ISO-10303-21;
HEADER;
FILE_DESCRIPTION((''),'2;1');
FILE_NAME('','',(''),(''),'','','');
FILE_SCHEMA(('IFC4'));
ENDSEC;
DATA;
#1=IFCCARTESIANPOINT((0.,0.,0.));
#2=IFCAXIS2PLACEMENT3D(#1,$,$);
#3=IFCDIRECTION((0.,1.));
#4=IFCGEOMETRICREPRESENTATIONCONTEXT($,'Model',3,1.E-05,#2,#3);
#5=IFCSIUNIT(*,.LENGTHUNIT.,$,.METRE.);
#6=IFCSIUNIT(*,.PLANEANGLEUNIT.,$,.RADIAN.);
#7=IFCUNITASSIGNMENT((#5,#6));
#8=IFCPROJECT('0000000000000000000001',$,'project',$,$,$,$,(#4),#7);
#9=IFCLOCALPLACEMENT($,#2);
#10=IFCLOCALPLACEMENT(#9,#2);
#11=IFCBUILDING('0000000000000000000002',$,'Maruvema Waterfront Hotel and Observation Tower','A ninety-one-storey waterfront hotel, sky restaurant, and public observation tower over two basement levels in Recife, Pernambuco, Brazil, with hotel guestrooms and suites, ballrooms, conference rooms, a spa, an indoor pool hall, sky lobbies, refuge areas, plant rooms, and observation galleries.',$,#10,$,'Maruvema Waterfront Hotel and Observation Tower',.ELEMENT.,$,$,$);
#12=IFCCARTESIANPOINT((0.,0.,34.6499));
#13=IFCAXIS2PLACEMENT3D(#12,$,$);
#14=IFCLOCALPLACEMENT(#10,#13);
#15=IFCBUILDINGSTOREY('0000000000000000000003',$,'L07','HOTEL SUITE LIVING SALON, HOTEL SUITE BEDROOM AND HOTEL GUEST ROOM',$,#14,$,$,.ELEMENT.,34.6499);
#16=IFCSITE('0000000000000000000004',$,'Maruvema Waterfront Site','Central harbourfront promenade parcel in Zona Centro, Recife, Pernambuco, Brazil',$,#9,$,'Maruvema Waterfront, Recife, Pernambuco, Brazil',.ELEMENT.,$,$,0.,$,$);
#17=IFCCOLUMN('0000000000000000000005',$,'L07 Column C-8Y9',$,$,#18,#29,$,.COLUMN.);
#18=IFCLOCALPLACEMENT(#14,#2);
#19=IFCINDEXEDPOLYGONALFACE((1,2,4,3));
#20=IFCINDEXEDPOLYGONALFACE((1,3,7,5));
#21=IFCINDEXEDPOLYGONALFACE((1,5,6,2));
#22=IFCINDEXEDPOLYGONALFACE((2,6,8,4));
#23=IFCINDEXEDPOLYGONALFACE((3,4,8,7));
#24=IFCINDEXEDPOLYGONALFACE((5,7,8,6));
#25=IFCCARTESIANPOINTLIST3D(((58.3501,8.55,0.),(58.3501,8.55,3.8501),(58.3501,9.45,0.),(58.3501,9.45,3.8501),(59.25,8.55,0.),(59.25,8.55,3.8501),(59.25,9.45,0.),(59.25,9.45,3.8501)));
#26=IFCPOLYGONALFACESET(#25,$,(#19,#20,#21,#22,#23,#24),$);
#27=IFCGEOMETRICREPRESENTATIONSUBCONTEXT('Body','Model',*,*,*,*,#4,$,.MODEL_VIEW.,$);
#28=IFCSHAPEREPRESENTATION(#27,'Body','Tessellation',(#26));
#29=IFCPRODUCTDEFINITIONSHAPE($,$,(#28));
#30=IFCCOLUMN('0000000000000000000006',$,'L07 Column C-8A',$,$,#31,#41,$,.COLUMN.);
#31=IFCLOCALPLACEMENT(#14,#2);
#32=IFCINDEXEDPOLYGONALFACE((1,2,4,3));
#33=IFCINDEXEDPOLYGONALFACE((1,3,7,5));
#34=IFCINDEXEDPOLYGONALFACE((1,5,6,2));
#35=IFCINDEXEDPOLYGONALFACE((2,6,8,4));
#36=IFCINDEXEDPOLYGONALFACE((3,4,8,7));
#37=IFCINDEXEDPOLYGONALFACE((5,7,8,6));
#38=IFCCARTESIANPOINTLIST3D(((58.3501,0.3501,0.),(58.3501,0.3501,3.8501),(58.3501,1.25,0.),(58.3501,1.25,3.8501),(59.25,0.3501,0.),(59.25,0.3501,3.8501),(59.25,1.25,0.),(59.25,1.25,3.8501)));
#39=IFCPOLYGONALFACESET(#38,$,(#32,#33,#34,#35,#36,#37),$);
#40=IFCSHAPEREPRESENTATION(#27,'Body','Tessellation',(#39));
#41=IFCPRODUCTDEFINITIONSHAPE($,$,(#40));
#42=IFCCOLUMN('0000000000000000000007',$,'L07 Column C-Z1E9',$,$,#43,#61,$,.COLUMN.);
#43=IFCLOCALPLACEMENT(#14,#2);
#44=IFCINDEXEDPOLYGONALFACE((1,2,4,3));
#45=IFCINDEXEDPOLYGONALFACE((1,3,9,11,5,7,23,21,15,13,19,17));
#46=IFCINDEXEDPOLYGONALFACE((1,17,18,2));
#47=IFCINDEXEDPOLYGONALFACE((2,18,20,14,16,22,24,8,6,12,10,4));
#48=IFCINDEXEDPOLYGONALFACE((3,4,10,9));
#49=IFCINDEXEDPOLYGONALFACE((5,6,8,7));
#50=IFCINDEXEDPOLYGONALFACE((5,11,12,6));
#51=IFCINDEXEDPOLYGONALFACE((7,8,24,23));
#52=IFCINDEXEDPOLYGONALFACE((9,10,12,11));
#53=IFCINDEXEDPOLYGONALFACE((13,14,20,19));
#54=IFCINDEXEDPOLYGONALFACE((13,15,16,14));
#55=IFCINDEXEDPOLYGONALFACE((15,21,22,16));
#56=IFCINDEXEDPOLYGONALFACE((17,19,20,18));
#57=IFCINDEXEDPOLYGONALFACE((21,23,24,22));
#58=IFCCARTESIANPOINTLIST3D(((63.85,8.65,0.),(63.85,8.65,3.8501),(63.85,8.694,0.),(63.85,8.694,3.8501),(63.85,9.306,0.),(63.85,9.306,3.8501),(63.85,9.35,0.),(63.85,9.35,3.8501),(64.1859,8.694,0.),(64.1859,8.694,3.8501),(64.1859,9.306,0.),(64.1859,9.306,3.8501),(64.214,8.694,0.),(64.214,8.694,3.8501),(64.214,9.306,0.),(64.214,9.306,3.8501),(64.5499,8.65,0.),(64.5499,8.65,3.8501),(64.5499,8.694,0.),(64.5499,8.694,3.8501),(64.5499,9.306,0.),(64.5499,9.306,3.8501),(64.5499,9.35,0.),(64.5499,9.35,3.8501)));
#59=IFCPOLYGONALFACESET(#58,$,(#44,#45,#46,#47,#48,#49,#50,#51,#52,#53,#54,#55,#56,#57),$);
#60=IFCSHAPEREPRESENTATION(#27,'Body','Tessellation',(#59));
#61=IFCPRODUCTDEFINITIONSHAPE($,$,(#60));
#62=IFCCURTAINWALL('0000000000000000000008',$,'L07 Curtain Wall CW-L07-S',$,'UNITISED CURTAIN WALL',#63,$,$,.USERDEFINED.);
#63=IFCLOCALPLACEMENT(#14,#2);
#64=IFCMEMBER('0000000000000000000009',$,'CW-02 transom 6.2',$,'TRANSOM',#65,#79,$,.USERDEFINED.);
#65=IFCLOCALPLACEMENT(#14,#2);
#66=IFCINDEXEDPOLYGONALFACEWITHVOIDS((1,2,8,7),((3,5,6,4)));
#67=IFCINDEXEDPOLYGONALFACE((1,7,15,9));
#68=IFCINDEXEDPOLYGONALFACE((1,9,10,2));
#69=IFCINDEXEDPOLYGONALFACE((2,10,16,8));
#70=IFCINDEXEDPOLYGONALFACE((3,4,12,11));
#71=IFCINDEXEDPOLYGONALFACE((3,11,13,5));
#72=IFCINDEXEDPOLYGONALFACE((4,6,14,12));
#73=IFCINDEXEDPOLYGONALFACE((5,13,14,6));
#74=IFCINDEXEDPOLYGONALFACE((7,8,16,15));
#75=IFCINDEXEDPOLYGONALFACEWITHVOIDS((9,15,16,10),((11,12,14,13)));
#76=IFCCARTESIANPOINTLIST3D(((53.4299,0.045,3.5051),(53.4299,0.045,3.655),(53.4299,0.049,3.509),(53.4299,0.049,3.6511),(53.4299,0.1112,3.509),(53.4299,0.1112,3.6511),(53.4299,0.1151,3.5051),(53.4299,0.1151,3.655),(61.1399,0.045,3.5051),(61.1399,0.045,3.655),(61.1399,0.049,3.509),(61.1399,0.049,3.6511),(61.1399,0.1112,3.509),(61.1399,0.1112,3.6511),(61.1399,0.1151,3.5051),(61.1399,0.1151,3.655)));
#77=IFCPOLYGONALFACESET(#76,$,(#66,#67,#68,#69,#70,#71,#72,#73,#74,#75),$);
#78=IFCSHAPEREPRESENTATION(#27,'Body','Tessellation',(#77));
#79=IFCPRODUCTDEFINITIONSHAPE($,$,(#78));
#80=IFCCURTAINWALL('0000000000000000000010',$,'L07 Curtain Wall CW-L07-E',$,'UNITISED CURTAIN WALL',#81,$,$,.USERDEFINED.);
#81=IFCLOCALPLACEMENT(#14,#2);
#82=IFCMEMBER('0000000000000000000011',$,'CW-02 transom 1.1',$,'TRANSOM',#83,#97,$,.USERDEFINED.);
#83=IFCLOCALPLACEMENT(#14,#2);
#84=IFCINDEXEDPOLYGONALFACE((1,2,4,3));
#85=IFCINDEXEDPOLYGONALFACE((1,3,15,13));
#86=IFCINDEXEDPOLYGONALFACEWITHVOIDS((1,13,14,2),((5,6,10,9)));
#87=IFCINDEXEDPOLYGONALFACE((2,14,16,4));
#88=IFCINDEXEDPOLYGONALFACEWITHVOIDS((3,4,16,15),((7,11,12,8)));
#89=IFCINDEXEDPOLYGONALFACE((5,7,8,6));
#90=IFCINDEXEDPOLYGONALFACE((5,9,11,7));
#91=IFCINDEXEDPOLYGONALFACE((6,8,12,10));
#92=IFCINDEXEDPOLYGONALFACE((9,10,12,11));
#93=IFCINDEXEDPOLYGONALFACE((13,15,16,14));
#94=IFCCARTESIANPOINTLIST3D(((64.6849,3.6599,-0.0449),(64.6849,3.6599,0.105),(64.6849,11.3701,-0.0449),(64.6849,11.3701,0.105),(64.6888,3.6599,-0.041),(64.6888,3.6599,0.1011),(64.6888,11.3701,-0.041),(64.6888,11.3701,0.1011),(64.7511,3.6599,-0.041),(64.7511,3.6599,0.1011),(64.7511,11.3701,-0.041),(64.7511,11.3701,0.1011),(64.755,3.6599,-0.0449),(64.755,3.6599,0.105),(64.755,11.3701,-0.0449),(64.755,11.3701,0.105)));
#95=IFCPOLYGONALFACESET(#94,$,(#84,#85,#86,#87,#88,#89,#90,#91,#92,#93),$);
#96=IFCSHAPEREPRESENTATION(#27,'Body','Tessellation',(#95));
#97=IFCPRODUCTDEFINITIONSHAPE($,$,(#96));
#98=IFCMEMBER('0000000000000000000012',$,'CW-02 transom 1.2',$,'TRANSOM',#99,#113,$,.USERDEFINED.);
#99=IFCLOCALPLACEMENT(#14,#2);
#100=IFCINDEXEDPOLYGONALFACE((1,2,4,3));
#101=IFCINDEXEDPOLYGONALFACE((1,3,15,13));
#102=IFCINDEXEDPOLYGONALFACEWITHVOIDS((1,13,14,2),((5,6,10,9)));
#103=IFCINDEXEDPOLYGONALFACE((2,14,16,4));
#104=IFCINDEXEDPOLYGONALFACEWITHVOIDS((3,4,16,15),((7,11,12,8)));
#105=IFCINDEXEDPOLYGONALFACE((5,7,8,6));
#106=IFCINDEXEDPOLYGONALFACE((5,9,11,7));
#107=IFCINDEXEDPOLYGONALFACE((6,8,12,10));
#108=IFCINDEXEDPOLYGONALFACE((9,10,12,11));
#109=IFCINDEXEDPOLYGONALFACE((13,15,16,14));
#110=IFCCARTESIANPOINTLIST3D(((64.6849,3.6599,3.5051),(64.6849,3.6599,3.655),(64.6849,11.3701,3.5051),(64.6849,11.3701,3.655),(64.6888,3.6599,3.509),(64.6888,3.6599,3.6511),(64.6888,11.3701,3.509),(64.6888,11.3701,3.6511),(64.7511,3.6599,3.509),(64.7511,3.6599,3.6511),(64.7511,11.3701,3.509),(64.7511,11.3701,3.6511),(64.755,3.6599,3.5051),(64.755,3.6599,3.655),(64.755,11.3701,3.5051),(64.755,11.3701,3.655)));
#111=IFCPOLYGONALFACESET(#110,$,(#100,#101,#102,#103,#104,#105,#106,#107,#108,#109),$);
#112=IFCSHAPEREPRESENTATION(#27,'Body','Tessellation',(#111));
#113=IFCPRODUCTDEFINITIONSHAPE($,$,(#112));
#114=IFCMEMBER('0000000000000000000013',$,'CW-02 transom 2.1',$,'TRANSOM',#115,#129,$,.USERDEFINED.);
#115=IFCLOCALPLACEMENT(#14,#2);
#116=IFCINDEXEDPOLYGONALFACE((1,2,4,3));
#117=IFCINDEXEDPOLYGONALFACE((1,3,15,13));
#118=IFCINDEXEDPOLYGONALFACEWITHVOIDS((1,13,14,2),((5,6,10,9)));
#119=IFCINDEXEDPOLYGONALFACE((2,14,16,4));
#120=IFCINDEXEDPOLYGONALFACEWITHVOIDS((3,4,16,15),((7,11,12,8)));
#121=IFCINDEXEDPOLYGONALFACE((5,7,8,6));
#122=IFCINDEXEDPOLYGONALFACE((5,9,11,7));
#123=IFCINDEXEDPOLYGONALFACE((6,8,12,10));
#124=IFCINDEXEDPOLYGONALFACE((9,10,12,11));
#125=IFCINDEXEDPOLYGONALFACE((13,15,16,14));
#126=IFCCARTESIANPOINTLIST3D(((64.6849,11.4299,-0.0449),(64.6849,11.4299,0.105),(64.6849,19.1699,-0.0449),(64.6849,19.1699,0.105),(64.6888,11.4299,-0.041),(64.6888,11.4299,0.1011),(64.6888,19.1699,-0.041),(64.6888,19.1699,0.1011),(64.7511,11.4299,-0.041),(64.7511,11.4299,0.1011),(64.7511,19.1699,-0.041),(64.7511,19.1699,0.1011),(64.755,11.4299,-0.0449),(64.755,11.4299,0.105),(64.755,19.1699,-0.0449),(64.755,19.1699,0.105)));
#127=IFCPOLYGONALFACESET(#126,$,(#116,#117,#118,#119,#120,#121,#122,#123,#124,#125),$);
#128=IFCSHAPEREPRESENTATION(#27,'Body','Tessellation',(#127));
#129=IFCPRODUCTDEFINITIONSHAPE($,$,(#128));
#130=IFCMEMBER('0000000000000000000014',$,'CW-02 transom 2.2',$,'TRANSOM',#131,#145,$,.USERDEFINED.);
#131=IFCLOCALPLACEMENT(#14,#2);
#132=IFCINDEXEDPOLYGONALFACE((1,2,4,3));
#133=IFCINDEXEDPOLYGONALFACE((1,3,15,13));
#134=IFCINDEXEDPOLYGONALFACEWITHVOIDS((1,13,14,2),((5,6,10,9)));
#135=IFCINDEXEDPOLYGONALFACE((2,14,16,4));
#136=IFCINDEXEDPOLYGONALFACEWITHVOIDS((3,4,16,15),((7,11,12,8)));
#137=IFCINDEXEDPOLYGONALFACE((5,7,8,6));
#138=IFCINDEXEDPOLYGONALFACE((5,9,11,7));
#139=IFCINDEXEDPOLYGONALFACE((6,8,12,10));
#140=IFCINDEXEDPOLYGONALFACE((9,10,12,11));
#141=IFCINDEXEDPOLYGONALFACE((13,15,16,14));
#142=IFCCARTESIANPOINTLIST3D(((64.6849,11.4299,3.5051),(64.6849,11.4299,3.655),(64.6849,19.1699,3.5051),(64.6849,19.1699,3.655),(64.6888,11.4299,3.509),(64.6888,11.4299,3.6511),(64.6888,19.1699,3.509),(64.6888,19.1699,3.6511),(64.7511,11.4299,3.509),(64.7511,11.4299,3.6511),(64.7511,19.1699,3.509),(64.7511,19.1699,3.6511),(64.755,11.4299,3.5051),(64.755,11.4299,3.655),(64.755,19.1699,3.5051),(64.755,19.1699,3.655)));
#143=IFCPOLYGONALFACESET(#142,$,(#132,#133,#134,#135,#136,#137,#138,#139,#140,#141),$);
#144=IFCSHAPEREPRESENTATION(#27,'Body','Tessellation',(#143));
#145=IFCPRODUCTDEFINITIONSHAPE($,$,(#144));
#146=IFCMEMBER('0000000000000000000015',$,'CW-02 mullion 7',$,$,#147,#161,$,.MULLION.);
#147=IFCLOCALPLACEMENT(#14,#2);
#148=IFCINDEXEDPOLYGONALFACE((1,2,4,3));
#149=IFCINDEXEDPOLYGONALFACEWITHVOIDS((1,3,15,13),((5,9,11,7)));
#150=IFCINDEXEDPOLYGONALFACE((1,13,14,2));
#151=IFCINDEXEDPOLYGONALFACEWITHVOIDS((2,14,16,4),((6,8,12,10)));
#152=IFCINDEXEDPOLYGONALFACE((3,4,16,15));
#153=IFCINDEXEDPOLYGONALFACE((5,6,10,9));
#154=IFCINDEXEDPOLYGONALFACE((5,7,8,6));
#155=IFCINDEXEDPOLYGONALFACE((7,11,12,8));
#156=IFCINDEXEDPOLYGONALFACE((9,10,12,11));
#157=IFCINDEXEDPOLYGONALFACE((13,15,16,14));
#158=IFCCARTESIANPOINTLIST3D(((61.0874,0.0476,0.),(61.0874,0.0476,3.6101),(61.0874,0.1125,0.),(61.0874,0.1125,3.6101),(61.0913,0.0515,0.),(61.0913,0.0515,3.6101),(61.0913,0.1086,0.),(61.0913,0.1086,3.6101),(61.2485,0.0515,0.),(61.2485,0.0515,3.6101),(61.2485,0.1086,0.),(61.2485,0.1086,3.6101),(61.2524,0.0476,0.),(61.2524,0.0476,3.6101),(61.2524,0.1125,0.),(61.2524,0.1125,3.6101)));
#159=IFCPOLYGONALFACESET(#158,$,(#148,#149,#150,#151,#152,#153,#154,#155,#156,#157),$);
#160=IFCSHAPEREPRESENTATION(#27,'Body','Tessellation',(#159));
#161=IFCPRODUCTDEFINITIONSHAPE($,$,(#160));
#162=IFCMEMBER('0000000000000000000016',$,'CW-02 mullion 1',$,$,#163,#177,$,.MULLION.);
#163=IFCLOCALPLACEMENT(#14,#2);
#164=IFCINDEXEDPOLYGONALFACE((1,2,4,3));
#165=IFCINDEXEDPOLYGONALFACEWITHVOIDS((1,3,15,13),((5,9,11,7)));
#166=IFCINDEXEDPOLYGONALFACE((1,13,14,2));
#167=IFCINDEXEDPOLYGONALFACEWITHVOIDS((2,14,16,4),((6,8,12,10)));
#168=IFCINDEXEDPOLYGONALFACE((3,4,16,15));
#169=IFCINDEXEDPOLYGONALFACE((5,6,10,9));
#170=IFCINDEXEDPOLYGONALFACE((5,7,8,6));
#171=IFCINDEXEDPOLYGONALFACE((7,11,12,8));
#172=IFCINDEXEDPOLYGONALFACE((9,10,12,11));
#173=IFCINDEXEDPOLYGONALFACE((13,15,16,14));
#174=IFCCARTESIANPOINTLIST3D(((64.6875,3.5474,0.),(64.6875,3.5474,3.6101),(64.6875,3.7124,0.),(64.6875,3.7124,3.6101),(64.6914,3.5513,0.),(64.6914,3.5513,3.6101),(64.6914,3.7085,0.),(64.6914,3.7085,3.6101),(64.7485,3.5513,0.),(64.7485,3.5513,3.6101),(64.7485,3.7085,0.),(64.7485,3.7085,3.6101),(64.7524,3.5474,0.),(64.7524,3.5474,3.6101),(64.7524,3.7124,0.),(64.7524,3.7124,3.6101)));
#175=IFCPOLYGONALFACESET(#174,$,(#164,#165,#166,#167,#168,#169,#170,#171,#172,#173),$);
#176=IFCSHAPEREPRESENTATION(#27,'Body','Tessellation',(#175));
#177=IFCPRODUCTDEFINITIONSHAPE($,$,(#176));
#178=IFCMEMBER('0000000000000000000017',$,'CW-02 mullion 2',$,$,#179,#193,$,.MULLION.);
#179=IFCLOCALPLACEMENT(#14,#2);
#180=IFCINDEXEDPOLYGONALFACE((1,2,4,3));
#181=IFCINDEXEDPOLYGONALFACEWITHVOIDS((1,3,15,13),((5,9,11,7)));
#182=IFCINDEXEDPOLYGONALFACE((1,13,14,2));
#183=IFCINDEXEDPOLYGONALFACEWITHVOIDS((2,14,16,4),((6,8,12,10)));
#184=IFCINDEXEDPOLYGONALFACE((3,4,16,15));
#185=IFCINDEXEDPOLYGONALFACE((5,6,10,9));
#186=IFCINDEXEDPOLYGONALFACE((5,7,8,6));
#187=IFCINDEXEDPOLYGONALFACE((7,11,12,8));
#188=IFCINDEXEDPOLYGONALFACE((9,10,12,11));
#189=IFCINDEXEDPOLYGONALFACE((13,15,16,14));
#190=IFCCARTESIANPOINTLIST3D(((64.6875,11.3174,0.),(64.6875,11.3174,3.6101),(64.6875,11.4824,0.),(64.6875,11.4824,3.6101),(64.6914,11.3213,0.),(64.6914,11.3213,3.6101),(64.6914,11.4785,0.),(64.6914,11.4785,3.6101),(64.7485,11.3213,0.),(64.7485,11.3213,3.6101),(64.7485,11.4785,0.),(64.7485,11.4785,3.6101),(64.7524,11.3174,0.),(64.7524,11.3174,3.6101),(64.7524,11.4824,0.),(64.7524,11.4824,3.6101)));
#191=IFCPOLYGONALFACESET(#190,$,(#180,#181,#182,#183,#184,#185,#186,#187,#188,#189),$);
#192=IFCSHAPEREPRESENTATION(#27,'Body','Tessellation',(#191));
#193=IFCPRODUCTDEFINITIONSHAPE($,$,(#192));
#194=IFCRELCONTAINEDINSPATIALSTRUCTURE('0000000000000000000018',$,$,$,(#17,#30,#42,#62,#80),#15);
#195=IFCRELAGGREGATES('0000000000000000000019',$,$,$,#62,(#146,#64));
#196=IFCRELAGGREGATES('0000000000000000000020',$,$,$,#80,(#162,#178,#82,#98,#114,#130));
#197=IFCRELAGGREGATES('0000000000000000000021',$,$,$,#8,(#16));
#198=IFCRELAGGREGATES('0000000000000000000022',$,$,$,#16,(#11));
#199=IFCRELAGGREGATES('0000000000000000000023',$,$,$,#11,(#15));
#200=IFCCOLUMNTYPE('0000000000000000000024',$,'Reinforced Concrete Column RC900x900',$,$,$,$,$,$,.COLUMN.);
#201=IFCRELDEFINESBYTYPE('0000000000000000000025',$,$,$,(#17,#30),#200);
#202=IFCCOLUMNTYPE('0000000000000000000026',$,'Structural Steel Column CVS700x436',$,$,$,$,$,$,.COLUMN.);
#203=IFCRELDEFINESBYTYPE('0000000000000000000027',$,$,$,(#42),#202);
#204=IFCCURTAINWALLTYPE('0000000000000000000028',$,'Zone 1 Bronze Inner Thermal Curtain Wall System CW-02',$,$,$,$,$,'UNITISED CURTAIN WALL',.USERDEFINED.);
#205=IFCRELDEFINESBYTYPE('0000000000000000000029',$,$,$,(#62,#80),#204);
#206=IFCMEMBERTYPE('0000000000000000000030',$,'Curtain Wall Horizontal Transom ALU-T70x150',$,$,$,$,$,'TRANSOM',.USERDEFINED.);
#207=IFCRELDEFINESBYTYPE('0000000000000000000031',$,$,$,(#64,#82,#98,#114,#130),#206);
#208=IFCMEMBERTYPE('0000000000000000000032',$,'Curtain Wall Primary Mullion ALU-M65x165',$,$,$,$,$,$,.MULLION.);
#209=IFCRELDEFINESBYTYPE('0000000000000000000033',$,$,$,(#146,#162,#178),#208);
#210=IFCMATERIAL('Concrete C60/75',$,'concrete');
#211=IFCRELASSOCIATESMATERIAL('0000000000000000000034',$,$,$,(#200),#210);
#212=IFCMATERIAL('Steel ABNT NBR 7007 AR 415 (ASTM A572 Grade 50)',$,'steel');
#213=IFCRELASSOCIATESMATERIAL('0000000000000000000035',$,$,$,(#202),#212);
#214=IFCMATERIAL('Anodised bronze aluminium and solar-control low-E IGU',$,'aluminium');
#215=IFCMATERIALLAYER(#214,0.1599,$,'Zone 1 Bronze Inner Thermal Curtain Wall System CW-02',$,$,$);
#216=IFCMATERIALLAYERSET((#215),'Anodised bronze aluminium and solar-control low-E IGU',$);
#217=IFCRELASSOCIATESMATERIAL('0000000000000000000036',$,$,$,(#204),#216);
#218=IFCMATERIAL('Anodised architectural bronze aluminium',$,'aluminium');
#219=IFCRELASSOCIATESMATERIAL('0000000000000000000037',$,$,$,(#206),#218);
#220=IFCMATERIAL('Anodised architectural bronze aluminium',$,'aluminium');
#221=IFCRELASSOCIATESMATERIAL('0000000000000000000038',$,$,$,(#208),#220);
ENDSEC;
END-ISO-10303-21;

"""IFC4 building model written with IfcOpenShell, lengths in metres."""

from ifc_helpers import new_model, si_unit, direction, frame, origin, origin_2d, place, context, subcontext, project, spatial, rectangle, hollow_rectangle, i_section, extrude, material, layer, layer_set, material_profile, profile_set, type_object, element, aggregate, save


model = new_model("IFC4")

# Units and contexts
model_context = context("Model", 3, precision=1e-05, world=origin(), true_north=direction((0.0, 1.0)))
body_context = subcontext(model_context, "Body", "Model", "MODEL_VIEW")
ifc_project = project(units=[si_unit("LENGTHUNIT", "METRE"), si_unit("PLANEANGLEUNIT", "RADIAN")], contexts=[model_context])

# Site, building, storey
site_placement = place(None, origin())
site = spatial("IfcSite", under=ifc_project, at=site_placement, Name="Maruvema Waterfront Site", Description="Central harbourfront promenade parcel in Zona Centro, Recife, Pernambuco, Brazil", LongName="Maruvema Waterfront, Recife, Pernambuco, Brazil", CompositionType="ELEMENT", RefElevation=0.0)
building_placement = place(site_placement, origin())
building = spatial("IfcBuilding", under=site, at=building_placement, Name="Maruvema Waterfront Hotel and Observation Tower", Description="A ninety-one-storey waterfront hotel, sky restaurant, and public observation tower over two basement levels in Recife, Pernambuco, Brazil, with hotel guestrooms and suites, ballrooms, conference rooms, a spa, an indoor pool hall, sky lobbies, refuge areas, plant rooms, and observation galleries.", LongName="Maruvema Waterfront Hotel and Observation Tower", CompositionType="ELEMENT")
storey_placement = place(building_placement, frame((0.0, 0.0, 34.6499)))
storey = spatial("IfcBuildingStorey", under=building, at=storey_placement, Name="L07", Description="HOTEL SUITE LIVING SALON, HOTEL SUITE BEDROOM AND HOTEL GUEST ROOM", CompositionType="ELEMENT", Elevation=34.6499)

# Columns
ifc_material_1 = material(Name="Concrete C60/75", Category="concrete")
ifc_material_profile_1 = material_profile(ifc_material_1, rectangle(XDim=0.8999, YDim=0.8999, at=origin_2d()), Name="RC900x900")
ifc_profile_set_1 = profile_set([ifc_material_profile_1], Name="Concrete C60/75")
column_type_1 = type_object("IfcColumnType", Name="Reinforced Concrete Column RC900x900", PredefinedType="COLUMN", material=ifc_profile_set_1)
for number, where, z_axis, x_axis, name in (
    (1, (58.8, 9.0, 0.0), (0.0, 0.0, 1.0), (1.0, 0.0, 0.0), "L07 Column C-8Y9"),
    (2, (58.8, 0.8, 0.0), (0.0, 0.0, 1.0), (1.0, 0.0, 0.0), "L07 Column C-8A"),
):
    element("IfcColumn", number, at=place(storey_placement, frame(where, z_axis=z_axis, x_axis=x_axis)), inside=storey, type_object=column_type_1, Name=name, PredefinedType="COLUMN", context=body_context, shape_type="SweptSolid", body=[
        extrude(rectangle(XDim=0.8999, YDim=0.8999, at=origin_2d()), origin(), (0.0, 0.0, 1.0), 3.8501),
    ])
ifc_material_2 = material(Name="Steel ABNT NBR 7007 AR 415 (ASTM A572 Grade 50)", Category="steel")
ifc_material_profile_2 = material_profile(ifc_material_2, i_section(OverallWidth=0.7, OverallDepth=0.7, WebThickness=0.0281, FlangeThickness=0.0439, at=origin_2d()), Name="CVS700x436")
ifc_profile_set_2 = profile_set([ifc_material_profile_2], Name="Steel ABNT NBR 7007 AR 415 (ASTM A572 Grade 50)")
column_type_2 = type_object("IfcColumnType", Name="Structural Steel Column CVS700x436", PredefinedType="COLUMN", material=ifc_profile_set_2)
column_placement = place(storey_placement, frame((64.2, 9.0, 0.0), z_axis=(0.0, 0.0, 1.0), x_axis=(1.0, 0.0, 0.0)))
element("IfcColumn", 3, at=column_placement, inside=storey, type_object=column_type_2, Name="L07 Column C-Z1E9", PredefinedType="COLUMN", context=body_context, shape_type="SweptSolid", body=[
    extrude(i_section(OverallWidth=0.7, OverallDepth=0.7, WebThickness=0.0281, FlangeThickness=0.0439, at=origin_2d()), origin(), (0.0, 0.0, 1.0), 3.8501),
])

# Curtain wall, member
ifc_material_3 = material(Name="Anodised bronze aluminium and solar-control low-E IGU", Category="aluminium")
ifc_layer_1 = layer(ifc_material_3, 0.1599, Name="Zone 1 Bronze Inner Thermal Curtain Wall System CW-02")
ifc_layer_set_1 = layer_set([ifc_layer_1], Name="Anodised bronze aluminium and solar-control low-E IGU")
curtain_wall_type = type_object("IfcCurtainWallType", Name="Zone 1 Bronze Inner Thermal Curtain Wall System CW-02", ElementType="UNITISED CURTAIN WALL", PredefinedType="USERDEFINED", material=ifc_layer_set_1)
curtain_wall_1_placement = place(storey_placement, origin())
curtain_wall_1 = element("IfcCurtainWall", 4, at=curtain_wall_1_placement, inside=storey, type_object=curtain_wall_type, Name="L07 Curtain Wall CW-L07-S", ObjectType="UNITISED CURTAIN WALL", PredefinedType="USERDEFINED")
ifc_material_4 = material(Name="Anodised architectural bronze aluminium", Category="aluminium")
ifc_material_profile_3 = material_profile(ifc_material_4, hollow_rectangle(XDim=0.0701, YDim=0.1499, WallThickness=0.0039, at=origin_2d()), Name="ALU-T70x150")
ifc_profile_set_3 = profile_set([ifc_material_profile_3], Name="Anodised architectural bronze aluminium")
member_type_1 = type_object("IfcMemberType", Name="Curtain Wall Horizontal Transom ALU-T70x150", ElementType="TRANSOM", PredefinedType="USERDEFINED", material=ifc_profile_set_3)
member_1_placement = place(storey_placement, frame((53.4299, 0.0801, 3.5801), z_axis=(1.0, 0.0, 0.0), x_axis=(0.0, 1.0, 0.0)))
member_1 = element("IfcMember", 5, at=member_1_placement, type_object=member_type_1, Name="CW-02 transom 6.2", ObjectType="TRANSOM", PredefinedType="USERDEFINED", context=body_context, shape_type="SweptSolid", body=[
    extrude(hollow_rectangle(XDim=0.0701, YDim=0.1499, WallThickness=0.0039, at=origin_2d()), origin(), (0.0, 0.0, 1.0), 7.71),
])

# Curtain wall, members
curtain_wall_2_placement = place(storey_placement, origin())
curtain_wall_2 = element("IfcCurtainWall", 6, at=curtain_wall_2_placement, inside=storey, type_object=curtain_wall_type, Name="L07 Curtain Wall CW-L07-E", ObjectType="UNITISED CURTAIN WALL", PredefinedType="USERDEFINED")
member_2_placement = place(storey_placement, frame((64.72, 3.6599, 0.03), z_axis=(0.0, 1.0, 0.0), x_axis=(-1.0, 0.0, 0.0)))
member_2 = element("IfcMember", 7, at=member_2_placement, type_object=member_type_1, Name="CW-02 transom 1.1", ObjectType="TRANSOM", PredefinedType="USERDEFINED", context=body_context, shape_type="SweptSolid", body=[
    extrude(hollow_rectangle(XDim=0.0701, YDim=0.1499, WallThickness=0.0039, at=origin_2d()), origin(), (0.0, 0.0, 1.0), 7.7102),
])
member_3_placement = place(storey_placement, frame((64.72, 3.6599, 3.5801), z_axis=(0.0, 1.0, 0.0), x_axis=(-1.0, 0.0, 0.0)))
member_3 = element("IfcMember", 8, at=member_3_placement, type_object=member_type_1, Name="CW-02 transom 1.2", ObjectType="TRANSOM", PredefinedType="USERDEFINED", context=body_context, shape_type="SweptSolid", body=[
    extrude(hollow_rectangle(XDim=0.0701, YDim=0.1499, WallThickness=0.0039, at=origin_2d()), origin(), (0.0, 0.0, 1.0), 7.7102),
])
member_4_placement = place(storey_placement, frame((64.72, 11.4299, 0.03), z_axis=(0.0, 1.0, 0.0), x_axis=(-1.0, 0.0, 0.0)))
member_4 = element("IfcMember", 9, at=member_4_placement, type_object=member_type_1, Name="CW-02 transom 2.1", ObjectType="TRANSOM", PredefinedType="USERDEFINED", context=body_context, shape_type="SweptSolid", body=[
    extrude(hollow_rectangle(XDim=0.0701, YDim=0.1499, WallThickness=0.0039, at=origin_2d()), origin(), (0.0, 0.0, 1.0), 7.74),
])
member_5_placement = place(storey_placement, frame((64.72, 11.4299, 3.5801), z_axis=(0.0, 1.0, 0.0), x_axis=(-1.0, 0.0, 0.0)))
member_5 = element("IfcMember", 10, at=member_5_placement, type_object=member_type_1, Name="CW-02 transom 2.2", ObjectType="TRANSOM", PredefinedType="USERDEFINED", context=body_context, shape_type="SweptSolid", body=[
    extrude(hollow_rectangle(XDim=0.0701, YDim=0.1499, WallThickness=0.0039, at=origin_2d()), origin(), (0.0, 0.0, 1.0), 7.74),
])

# Members
ifc_material_5 = material(Name="Anodised architectural bronze aluminium", Category="aluminium")
ifc_material_profile_4 = material_profile(ifc_material_5, hollow_rectangle(XDim=0.0649, YDim=0.165, WallThickness=0.0039, at=origin_2d()), Name="ALU-M65x165")
ifc_profile_set_4 = profile_set([ifc_material_profile_4], Name="Anodised architectural bronze aluminium")
member_type_2 = type_object("IfcMemberType", Name="Curtain Wall Primary Mullion ALU-M65x165", PredefinedType="MULLION", material=ifc_profile_set_4)
member_6_placement = place(storey_placement, frame((61.1699, 0.0801, 0.0), z_axis=(0.0, 0.0, 1.0), x_axis=(0.0, 1.0, 0.0)))
member_6 = element("IfcMember", 11, at=member_6_placement, type_object=member_type_2, Name="CW-02 mullion 7", PredefinedType="MULLION", context=body_context, shape_type="SweptSolid", body=[
    extrude(hollow_rectangle(XDim=0.0649, YDim=0.165, WallThickness=0.0039, at=origin_2d()), origin(), (0.0, 0.0, 1.0), 3.6101),
])
member_7_placement = place(storey_placement, frame((64.72, 3.6299, 0.0), z_axis=(0.0, 0.0, 1.0), x_axis=(-1.0, 0.0, 0.0)))
member_7 = element("IfcMember", 12, at=member_7_placement, type_object=member_type_2, Name="CW-02 mullion 1", PredefinedType="MULLION", context=body_context, shape_type="SweptSolid", body=[
    extrude(hollow_rectangle(XDim=0.0649, YDim=0.165, WallThickness=0.0039, at=origin_2d()), origin(), (0.0, 0.0, 1.0), 3.6101),
])
member_8_placement = place(storey_placement, frame((64.72, 11.3999, 0.0), z_axis=(0.0, 0.0, 1.0), x_axis=(-1.0, 0.0, 0.0)))
member_8 = element("IfcMember", 13, at=member_8_placement, type_object=member_type_2, Name="CW-02 mullion 2", PredefinedType="MULLION", context=body_context, shape_type="SweptSolid", body=[
    extrude(hollow_rectangle(XDim=0.0649, YDim=0.165, WallThickness=0.0039, at=origin_2d()), origin(), (0.0, 0.0, 1.0), 3.6101),
])

aggregate(curtain_wall_1, [member_6, member_1])
aggregate(curtain_wall_2, [member_7, member_8, member_2, member_3, member_4, member_5])

save(model, "model.ifc")
